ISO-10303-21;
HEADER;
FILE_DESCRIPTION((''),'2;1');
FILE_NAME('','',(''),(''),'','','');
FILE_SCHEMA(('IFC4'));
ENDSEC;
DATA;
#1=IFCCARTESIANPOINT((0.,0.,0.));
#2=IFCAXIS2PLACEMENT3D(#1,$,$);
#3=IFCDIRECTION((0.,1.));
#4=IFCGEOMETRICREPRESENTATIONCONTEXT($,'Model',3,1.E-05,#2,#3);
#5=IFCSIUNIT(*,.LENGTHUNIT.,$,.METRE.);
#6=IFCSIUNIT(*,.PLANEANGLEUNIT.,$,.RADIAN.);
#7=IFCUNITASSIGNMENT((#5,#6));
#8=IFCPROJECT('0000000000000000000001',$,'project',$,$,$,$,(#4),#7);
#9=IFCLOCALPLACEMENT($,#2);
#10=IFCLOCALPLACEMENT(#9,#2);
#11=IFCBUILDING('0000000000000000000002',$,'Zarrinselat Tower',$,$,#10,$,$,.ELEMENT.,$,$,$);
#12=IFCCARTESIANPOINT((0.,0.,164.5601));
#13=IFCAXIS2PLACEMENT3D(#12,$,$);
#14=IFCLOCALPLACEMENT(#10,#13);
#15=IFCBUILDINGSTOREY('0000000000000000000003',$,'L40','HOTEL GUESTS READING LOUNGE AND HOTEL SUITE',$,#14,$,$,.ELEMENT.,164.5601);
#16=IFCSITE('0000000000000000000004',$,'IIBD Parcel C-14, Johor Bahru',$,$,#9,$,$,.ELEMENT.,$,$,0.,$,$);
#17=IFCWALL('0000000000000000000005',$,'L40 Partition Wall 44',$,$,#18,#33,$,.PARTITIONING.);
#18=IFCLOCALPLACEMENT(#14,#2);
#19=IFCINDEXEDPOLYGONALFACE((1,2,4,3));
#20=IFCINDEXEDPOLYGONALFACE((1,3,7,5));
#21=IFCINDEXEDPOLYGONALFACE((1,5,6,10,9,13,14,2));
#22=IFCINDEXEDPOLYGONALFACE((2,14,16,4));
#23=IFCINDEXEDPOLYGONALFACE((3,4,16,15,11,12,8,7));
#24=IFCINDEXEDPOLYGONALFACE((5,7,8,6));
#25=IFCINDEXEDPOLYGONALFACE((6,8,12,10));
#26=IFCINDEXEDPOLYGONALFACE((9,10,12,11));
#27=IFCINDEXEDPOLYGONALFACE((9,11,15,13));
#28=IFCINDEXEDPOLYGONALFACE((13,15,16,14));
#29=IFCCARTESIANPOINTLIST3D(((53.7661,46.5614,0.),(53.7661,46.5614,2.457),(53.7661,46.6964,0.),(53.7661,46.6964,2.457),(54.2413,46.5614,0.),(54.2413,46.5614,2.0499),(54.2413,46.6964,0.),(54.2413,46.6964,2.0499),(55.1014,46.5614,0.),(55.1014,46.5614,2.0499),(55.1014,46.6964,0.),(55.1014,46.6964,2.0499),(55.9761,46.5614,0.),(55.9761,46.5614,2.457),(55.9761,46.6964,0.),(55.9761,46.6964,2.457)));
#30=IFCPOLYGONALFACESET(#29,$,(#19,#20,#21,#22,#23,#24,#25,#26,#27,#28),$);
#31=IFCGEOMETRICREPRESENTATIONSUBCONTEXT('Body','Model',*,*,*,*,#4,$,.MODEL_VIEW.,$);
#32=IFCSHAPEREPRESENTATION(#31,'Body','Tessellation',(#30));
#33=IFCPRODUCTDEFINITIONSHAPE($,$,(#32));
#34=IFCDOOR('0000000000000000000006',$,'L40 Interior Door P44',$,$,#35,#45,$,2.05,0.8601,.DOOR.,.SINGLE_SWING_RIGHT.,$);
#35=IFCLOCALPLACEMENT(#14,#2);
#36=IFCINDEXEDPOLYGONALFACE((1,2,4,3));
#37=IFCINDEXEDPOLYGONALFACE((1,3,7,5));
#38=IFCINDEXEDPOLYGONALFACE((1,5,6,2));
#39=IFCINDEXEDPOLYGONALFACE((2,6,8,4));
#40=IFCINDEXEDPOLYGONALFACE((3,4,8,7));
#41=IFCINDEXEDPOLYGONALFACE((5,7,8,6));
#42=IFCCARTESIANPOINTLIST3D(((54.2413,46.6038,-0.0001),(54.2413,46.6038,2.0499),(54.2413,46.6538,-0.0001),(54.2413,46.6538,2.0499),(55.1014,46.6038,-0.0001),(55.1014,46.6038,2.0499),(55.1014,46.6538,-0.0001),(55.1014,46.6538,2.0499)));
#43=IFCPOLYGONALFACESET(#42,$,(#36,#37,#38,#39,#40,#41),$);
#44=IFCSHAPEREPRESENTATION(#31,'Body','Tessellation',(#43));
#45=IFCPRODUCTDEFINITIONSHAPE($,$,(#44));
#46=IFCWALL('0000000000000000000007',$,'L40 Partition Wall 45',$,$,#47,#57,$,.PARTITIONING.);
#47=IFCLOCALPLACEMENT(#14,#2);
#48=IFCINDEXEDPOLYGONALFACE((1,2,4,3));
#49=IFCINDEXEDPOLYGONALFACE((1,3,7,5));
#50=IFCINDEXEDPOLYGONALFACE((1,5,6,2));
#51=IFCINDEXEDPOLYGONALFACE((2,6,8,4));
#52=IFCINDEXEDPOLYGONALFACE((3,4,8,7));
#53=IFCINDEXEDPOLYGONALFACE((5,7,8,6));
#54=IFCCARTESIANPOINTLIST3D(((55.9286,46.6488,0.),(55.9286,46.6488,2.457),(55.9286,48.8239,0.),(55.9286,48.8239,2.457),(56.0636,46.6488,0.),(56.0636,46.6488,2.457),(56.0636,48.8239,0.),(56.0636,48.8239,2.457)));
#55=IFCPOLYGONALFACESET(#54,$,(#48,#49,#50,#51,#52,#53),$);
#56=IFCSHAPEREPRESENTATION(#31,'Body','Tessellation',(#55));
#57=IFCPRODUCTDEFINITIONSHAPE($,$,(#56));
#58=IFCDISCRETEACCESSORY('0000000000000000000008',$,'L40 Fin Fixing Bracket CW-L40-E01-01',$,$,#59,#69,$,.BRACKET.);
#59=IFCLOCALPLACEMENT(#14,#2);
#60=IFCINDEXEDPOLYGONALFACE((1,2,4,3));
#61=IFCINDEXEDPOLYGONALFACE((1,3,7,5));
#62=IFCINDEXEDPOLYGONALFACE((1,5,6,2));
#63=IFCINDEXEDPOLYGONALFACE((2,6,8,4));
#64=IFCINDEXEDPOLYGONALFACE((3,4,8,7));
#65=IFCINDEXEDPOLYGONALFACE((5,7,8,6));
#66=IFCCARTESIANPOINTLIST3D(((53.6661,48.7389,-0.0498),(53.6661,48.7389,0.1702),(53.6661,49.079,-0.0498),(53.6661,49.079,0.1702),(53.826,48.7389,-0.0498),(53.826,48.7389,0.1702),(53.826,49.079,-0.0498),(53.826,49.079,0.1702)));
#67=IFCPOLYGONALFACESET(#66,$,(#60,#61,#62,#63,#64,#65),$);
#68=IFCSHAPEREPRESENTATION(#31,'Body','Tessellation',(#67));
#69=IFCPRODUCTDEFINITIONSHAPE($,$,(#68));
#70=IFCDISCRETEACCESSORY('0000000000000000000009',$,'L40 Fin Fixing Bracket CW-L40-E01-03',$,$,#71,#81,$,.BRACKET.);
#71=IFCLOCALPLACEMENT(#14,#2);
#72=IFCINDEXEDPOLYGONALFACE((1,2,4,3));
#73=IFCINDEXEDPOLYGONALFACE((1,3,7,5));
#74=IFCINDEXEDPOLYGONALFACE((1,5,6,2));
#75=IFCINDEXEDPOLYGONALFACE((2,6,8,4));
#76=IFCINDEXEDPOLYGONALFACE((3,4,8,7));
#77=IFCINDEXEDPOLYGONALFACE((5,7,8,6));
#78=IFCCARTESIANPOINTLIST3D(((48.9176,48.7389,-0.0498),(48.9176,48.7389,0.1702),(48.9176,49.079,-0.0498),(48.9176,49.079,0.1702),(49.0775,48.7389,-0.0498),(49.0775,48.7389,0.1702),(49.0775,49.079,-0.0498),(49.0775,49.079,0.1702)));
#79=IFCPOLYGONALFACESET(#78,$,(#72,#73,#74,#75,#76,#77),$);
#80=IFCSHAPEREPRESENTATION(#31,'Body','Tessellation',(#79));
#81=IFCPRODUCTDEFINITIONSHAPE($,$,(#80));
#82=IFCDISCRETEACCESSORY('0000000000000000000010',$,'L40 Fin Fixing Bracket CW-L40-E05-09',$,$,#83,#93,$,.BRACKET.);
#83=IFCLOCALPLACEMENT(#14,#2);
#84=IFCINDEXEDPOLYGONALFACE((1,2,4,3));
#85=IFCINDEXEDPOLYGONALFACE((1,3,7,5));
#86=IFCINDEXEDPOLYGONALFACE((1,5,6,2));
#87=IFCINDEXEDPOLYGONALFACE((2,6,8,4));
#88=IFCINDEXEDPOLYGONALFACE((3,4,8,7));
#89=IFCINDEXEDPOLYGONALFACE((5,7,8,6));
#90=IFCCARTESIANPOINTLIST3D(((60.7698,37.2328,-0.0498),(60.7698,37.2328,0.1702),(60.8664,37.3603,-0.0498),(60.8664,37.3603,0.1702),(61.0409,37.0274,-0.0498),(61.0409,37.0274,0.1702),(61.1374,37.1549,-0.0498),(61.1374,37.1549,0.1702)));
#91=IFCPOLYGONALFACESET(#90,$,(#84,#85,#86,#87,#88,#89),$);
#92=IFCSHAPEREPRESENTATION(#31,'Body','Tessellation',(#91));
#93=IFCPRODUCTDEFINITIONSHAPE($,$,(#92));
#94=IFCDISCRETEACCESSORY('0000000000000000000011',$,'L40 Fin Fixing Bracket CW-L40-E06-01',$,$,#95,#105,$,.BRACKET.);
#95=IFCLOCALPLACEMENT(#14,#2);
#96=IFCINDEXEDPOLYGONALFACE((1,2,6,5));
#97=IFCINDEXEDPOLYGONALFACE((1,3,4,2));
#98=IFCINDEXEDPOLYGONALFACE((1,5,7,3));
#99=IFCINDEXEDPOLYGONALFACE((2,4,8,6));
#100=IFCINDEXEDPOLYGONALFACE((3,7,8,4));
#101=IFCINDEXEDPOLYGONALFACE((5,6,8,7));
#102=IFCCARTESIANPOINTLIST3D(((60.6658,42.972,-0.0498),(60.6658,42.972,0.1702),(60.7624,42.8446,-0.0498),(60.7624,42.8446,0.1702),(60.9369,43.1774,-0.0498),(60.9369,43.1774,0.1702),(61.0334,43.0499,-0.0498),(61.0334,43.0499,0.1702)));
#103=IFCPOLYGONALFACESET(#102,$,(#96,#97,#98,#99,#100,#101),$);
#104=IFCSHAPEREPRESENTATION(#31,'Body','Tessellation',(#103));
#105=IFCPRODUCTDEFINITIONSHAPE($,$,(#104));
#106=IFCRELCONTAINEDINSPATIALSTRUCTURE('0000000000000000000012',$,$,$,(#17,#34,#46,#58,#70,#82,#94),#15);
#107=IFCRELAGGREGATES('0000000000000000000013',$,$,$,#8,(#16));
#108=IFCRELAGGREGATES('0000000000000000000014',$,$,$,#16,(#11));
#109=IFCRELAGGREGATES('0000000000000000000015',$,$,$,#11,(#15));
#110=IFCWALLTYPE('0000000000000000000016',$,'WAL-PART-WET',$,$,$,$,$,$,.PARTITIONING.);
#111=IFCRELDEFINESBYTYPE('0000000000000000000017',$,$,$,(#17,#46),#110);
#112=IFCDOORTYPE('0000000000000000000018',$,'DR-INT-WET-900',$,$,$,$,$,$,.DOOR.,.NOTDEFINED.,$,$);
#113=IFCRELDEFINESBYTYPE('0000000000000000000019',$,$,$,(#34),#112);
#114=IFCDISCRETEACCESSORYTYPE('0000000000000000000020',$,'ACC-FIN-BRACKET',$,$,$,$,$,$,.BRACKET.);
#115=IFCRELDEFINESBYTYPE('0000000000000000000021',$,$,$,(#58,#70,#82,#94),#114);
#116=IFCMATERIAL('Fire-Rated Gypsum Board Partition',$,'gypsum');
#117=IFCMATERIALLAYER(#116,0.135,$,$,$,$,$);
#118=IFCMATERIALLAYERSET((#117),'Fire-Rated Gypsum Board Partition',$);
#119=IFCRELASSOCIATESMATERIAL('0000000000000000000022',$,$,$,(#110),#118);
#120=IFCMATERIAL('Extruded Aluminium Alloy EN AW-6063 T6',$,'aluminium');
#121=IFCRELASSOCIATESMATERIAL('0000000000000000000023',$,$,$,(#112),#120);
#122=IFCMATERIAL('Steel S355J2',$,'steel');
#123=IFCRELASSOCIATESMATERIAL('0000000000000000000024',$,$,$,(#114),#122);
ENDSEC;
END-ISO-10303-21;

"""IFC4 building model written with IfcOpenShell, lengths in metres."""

from ifc_helpers import new_model, si_unit, direction, frame, frame_2d, origin, origin_2d, place, context, subcontext, project, spatial, rectangle, extrude, material, layer, layer_set, type_object, element, fill, save


model = new_model("IFC4")

# Units and contexts
model_context = context("Model", 3, precision=1e-05, world=origin(), true_north=direction((0.0, 1.0)))
body_context = subcontext(model_context, "Body", "Model", "MODEL_VIEW")
ifc_project = project(units=[si_unit("LENGTHUNIT", "METRE"), si_unit("PLANEANGLEUNIT", "RADIAN")], contexts=[model_context])

# Site, building, storey
site_placement = place(None, origin())
site = spatial("IfcSite", under=ifc_project, at=site_placement, Name="IIBD Parcel C-14, Johor Bahru", CompositionType="ELEMENT", RefElevation=0.0)
building_placement = place(site_placement, origin())
building = spatial("IfcBuilding", under=site, at=building_placement, Name="Zarrinselat Tower", CompositionType="ELEMENT")
storey_placement = place(building_placement, frame((0.0, 0.0, 164.5601)))
storey = spatial("IfcBuildingStorey", under=building, at=storey_placement, Name="L40", Description="HOTEL GUESTS READING LOUNGE AND HOTEL SUITE", CompositionType="ELEMENT", Elevation=164.5601)

# Shared definitions
ifc_material_1 = material(Name="Fire-Rated Gypsum Board Partition", Category="gypsum")
ifc_layer_1 = layer(ifc_material_1, 0.135)
ifc_layer_set_1 = layer_set([ifc_layer_1], Name="Fire-Rated Gypsum Board Partition")
wall_type_1 = type_object("IfcWallType", Name="WAL-PART-WET", PredefinedType="PARTITIONING", material=ifc_layer_set_1)

# Wall, opening, door
wall_1_placement = place(storey_placement, frame((53.7661, 46.6289, 0.0), z_axis=(0.0, 0.0, 1.0), x_axis=(1.0, 0.0, 0.0)))
wall_1 = element("IfcWall", 1, at=wall_1_placement, inside=storey, type_object=wall_type_1, Name="L40 Partition Wall 44", PredefinedType="PARTITIONING", context=body_context, shape_type="SweptSolid", body=[
    extrude(rectangle(XDim=2.21, YDim=0.135, at=frame_2d((1.105, 0.0))), origin(), (0.0, 0.0, 1.0), 2.457),
])
opening_placement = place(wall_1_placement, frame((0.4751, 0.0, 0.0)))
opening = element("IfcOpeningElement", 2, at=opening_placement, cuts=wall_1, PredefinedType="OPENING", context=body_context, shape_type="SweptSolid", body=[
    extrude(rectangle(XDim=0.8601, YDim=2.05, at=frame_2d((0.4302, 1.0249))), frame((0.0, 0.0774, 0.0), z_axis=(0.0, -1.0, 0.0), x_axis=(1.0, 0.0, 0.0)), (0.0, 0.0, 1.0), 0.155),
])
ifc_material_2 = material(Name="Extruded Aluminium Alloy EN AW-6063 T6", Category="aluminium")
door_type = type_object("IfcDoorType", Name="DR-INT-WET-900", OperationType="NOTDEFINED", PredefinedType="DOOR", material=ifc_material_2)
door_placement = place(opening_placement, origin())
door = element("IfcDoor", 3, at=door_placement, inside=storey, type_object=door_type, Name="L40 Interior Door P44", OperationType="SINGLE_SWING_RIGHT", OverallHeight=2.05, OverallWidth=0.8601, PredefinedType="DOOR", context=body_context, shape_type="SweptSolid", body=[
    extrude(rectangle(XDim=0.8601, YDim=2.05, at=frame_2d((0.4302, 1.0249))), frame((0.0, 0.0249, 0.0), z_axis=(0.0, -1.0, 0.0), x_axis=(1.0, 0.0, 0.0)), (0.0, 0.0, 1.0), 0.05),
])
fill(opening, door)

# Wall
wall_2_placement = place(storey_placement, frame((55.9961, 46.6489, 0.0), z_axis=(0.0, 0.0, 1.0), x_axis=(0.0, 1.0, 0.0)))
element("IfcWall", 4, at=wall_2_placement, inside=storey, type_object=wall_type_1, Name="L40 Partition Wall 45", PredefinedType="PARTITIONING", context=body_context, shape_type="SweptSolid", body=[
    extrude(rectangle(XDim=2.175, YDim=0.135, at=frame_2d((1.0874, 0.0))), origin(), (0.0, 0.0, 1.0), 2.457),
])

# Discrete accessories
ifc_material_3 = material(Name="Steel S355J2", Category="steel")
discrete_accessory_type = type_object("IfcDiscreteAccessoryType", Name="ACC-FIN-BRACKET", PredefinedType="BRACKET", material=ifc_material_3)
for number, where, z_axis, x_axis, name in (
    (5, (53.7461, 48.9089, -0.0498), (0.0, 0.0, 1.0), (0.0, 1.0, 0.0), "L40 Fin Fixing Bracket CW-L40-E01-01"),
    (6, (48.9976, 48.9089, -0.0498), (0.0, 0.0, 1.0), (0.0, 1.0, 0.0), "L40 Fin Fixing Bracket CW-L40-E01-03"),
    (7, (60.9536, 37.1938, -0.0498), (0.0, 0.0, 1.0), (0.797091, -0.603859, 0.0), "L40 Fin Fixing Bracket CW-L40-E05-09"),
    (8, (60.8496, 43.011, -0.0498), (0.0, 0.0, 1.0), (0.797092, 0.603857, 0.0), "L40 Fin Fixing Bracket CW-L40-E06-01"),
):
    element("IfcDiscreteAccessory", number, at=place(storey_placement, frame(where, z_axis=z_axis, x_axis=x_axis)), inside=storey, type_object=discrete_accessory_type, Name=name, PredefinedType="BRACKET", context=body_context, shape_type="SweptSolid", body=[
        extrude(rectangle(XDim=0.3401, YDim=0.1599, at=origin_2d()), origin(), (0.0, 0.0, 1.0), 0.22),
    ])

save(model, "model.ifc")
